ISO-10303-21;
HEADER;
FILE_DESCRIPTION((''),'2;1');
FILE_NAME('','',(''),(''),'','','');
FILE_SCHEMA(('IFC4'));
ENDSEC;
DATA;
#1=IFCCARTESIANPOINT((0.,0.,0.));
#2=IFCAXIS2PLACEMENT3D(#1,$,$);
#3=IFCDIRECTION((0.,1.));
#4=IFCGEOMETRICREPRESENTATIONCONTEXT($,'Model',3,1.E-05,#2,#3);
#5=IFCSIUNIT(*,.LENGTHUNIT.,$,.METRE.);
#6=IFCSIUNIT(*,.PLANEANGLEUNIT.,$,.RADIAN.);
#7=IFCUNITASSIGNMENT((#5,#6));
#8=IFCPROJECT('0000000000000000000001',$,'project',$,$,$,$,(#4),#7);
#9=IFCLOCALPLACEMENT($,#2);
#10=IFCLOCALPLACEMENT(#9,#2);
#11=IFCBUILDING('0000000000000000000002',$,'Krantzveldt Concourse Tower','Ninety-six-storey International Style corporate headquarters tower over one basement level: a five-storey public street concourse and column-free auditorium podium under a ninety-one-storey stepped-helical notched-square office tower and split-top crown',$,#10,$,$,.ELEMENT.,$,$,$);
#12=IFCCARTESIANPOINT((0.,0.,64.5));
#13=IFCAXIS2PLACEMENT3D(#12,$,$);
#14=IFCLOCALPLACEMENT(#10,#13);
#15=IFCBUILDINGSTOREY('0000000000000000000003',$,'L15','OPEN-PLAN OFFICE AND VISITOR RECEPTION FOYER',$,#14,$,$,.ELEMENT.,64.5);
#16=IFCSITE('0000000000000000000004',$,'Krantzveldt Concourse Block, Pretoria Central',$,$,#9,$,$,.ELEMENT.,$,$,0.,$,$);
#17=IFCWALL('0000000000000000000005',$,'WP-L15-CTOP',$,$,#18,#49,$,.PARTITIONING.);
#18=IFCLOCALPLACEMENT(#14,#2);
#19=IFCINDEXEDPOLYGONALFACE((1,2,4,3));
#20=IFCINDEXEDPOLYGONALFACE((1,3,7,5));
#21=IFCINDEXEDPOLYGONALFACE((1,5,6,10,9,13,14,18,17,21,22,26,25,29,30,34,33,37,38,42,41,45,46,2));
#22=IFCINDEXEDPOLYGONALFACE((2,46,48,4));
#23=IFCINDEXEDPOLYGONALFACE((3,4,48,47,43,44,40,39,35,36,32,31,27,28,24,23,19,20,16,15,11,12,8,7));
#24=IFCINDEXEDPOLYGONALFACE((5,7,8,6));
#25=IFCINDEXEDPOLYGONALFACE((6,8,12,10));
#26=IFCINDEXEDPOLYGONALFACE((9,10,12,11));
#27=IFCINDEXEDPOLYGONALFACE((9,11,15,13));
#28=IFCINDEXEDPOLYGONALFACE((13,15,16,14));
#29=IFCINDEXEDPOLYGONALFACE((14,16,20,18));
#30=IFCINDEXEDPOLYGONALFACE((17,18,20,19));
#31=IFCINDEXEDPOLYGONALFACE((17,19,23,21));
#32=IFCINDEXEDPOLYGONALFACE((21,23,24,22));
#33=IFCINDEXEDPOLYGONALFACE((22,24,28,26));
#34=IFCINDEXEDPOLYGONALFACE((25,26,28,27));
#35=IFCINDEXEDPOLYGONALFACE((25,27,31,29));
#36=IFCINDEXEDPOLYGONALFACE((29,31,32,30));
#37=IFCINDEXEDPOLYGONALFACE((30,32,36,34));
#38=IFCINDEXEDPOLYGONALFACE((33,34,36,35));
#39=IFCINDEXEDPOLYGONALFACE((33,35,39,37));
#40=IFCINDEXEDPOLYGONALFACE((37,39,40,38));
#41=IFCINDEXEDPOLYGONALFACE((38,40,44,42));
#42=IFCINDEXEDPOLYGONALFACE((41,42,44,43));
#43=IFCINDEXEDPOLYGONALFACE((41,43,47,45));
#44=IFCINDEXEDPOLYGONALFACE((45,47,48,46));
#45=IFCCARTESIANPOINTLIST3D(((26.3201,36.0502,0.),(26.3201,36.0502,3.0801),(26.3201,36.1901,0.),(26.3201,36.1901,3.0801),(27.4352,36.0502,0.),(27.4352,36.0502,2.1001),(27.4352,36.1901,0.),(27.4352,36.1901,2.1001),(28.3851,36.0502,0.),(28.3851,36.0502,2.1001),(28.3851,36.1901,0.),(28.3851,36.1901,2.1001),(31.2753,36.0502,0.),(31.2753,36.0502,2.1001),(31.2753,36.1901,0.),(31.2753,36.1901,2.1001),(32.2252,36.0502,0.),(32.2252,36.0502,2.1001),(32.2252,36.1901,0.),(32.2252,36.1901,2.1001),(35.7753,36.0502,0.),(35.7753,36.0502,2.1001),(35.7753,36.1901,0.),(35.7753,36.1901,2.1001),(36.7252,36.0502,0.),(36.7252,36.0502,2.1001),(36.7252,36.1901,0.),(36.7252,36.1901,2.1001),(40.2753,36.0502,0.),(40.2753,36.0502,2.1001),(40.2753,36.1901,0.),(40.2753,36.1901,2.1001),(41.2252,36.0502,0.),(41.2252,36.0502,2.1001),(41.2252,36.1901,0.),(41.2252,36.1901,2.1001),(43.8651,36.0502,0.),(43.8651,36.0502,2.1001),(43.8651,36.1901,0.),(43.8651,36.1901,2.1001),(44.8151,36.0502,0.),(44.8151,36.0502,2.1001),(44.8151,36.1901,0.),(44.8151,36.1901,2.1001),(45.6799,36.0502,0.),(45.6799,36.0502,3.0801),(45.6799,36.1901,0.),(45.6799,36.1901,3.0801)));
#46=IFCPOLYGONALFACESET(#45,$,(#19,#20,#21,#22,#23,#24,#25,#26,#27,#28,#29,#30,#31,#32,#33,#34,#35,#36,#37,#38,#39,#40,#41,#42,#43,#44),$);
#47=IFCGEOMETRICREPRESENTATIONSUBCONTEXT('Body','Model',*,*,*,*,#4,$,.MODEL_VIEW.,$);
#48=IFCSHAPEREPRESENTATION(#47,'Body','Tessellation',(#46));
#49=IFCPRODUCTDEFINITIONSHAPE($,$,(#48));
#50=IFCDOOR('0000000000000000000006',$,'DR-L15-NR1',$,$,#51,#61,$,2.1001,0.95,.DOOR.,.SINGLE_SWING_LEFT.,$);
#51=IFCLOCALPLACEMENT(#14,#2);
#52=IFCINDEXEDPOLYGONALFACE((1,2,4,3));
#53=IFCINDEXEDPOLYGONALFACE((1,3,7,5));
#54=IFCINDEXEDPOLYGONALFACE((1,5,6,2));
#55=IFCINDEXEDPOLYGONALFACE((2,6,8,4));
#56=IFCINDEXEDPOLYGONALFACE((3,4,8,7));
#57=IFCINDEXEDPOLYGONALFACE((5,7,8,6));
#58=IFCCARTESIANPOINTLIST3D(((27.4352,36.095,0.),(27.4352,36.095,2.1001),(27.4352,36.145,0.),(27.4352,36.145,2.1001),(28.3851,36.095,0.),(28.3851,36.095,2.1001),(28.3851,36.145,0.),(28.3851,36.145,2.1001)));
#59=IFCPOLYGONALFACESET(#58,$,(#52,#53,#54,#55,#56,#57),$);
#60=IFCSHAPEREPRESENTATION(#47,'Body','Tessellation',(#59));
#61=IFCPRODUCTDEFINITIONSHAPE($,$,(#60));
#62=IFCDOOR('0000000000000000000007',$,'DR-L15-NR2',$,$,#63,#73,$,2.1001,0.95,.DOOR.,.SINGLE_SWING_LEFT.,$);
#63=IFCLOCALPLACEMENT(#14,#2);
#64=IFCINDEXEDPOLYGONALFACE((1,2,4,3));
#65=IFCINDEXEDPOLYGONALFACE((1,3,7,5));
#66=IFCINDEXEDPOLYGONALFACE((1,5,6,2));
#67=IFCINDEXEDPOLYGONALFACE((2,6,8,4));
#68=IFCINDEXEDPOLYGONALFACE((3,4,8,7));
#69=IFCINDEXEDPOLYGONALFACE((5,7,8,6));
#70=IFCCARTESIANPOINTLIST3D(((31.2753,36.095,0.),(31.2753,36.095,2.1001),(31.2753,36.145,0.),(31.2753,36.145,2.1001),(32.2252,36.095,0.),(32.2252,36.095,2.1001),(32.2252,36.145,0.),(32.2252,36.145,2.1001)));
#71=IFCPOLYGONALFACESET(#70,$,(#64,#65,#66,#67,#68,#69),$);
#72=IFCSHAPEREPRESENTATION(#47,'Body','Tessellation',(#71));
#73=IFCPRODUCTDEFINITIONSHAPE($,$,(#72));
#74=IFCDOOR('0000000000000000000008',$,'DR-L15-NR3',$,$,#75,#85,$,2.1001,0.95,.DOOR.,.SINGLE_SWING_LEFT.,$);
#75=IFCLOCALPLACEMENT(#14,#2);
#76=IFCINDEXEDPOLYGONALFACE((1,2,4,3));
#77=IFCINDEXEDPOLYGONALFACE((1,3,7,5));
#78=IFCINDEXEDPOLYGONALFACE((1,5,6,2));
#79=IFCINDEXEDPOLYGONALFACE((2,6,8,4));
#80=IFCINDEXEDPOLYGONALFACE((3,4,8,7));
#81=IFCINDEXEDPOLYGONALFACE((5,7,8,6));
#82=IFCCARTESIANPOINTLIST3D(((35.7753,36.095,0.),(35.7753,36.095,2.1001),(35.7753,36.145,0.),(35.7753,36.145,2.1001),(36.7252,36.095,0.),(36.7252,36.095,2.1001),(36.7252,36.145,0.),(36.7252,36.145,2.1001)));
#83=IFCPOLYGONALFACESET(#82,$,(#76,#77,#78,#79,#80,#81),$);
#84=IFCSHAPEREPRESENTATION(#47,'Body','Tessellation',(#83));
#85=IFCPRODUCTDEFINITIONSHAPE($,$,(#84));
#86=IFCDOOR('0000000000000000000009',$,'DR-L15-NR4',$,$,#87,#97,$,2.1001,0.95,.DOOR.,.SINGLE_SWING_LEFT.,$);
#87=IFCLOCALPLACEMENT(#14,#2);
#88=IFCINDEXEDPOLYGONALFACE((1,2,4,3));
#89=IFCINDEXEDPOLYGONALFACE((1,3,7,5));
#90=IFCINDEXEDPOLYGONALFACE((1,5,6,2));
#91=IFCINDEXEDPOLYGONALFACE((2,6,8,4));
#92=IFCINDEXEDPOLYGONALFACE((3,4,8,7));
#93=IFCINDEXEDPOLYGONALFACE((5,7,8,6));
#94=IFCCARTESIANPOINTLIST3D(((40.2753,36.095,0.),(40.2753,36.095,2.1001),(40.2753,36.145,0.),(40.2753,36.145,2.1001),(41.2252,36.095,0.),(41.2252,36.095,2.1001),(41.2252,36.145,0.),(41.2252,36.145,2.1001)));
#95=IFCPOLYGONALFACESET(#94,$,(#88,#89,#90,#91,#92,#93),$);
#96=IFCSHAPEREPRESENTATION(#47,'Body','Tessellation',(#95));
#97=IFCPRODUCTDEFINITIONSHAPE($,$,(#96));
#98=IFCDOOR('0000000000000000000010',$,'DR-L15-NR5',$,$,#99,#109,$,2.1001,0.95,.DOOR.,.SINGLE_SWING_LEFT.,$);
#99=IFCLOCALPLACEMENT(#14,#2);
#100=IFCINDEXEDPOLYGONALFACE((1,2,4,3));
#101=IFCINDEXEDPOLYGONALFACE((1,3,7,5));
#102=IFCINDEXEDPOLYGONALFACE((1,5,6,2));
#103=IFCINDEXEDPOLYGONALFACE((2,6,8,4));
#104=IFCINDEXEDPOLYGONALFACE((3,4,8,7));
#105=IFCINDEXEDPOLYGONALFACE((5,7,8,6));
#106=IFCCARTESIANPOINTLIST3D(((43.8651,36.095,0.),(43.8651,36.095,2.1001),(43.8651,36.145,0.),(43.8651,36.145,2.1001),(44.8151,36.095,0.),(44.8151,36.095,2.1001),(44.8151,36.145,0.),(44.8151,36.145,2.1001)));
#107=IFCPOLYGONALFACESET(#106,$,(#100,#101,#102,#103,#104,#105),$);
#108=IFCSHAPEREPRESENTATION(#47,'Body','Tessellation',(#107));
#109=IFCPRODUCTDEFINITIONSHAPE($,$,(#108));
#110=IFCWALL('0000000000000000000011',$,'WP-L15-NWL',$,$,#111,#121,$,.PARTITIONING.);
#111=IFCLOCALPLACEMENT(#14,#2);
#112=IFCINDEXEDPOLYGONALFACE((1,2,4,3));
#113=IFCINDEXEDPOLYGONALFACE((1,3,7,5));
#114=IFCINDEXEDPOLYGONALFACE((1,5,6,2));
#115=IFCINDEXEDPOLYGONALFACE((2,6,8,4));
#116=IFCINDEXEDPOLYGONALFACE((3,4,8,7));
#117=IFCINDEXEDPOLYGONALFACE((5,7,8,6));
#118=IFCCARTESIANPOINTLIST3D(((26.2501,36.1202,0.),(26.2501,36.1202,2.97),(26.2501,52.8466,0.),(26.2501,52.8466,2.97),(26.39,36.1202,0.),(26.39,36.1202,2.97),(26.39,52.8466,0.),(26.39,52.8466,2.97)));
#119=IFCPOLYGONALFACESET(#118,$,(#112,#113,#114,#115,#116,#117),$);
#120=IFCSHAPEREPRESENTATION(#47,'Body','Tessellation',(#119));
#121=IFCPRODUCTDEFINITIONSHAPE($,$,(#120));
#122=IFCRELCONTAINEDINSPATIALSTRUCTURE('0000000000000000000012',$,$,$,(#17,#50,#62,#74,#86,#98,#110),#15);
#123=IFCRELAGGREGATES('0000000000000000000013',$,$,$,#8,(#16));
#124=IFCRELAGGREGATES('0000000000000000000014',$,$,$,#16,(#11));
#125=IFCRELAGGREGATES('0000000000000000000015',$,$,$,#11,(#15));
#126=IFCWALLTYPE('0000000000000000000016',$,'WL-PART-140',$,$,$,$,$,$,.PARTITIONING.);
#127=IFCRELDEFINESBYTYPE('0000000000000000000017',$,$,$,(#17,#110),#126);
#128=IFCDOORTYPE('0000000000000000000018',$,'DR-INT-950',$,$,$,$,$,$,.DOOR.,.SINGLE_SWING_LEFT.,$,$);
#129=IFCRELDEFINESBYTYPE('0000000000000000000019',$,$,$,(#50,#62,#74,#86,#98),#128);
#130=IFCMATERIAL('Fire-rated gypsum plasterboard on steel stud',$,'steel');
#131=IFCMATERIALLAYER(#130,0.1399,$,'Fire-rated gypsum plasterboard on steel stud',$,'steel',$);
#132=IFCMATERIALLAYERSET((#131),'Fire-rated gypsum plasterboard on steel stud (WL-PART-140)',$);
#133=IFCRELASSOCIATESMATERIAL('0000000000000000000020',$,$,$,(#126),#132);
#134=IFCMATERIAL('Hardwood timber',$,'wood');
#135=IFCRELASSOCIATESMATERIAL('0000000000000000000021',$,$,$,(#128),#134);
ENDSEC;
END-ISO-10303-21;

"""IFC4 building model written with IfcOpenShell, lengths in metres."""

from ifc_helpers import new_model, si_unit, direction, frame, frame_2d, origin, place, context, subcontext, project, spatial, rectangle, extrude, material, layer, layer_set, type_object, element, fill, save


model = new_model("IFC4")

# Units and contexts
model_context = context("Model", 3, precision=1e-05, world=origin(), true_north=direction((0.0, 1.0)))
body_context = subcontext(model_context, "Body", "Model", "MODEL_VIEW")
ifc_project = project(units=[si_unit("LENGTHUNIT", "METRE"), si_unit("PLANEANGLEUNIT", "RADIAN")], contexts=[model_context])

# Site, building, storey
site_placement = place(None, origin())
site = spatial("IfcSite", under=ifc_project, at=site_placement, Name="Krantzveldt Concourse Block, Pretoria Central", CompositionType="ELEMENT", RefElevation=0.0)
building_placement = place(site_placement, origin())
building = spatial("IfcBuilding", under=site, at=building_placement, Name="Krantzveldt Concourse Tower", Description="Ninety-six-storey International Style corporate headquarters tower over one basement level: a five-storey public street concourse and column-free auditorium podium under a ninety-one-storey stepped-helical notched-square office tower and split-top crown", CompositionType="ELEMENT")
storey_placement = place(building_placement, frame((0.0, 0.0, 64.5)))
storey = spatial("IfcBuildingStorey", under=building, at=storey_placement, Name="L15", Description="OPEN-PLAN OFFICE AND VISITOR RECEPTION FOYER", CompositionType="ELEMENT", Elevation=64.5)

# Shared definitions
ifc_material_1 = material(Name="Fire-rated gypsum plasterboard on steel stud", Category="steel")

# Wall, openings, doors
ifc_layer_1 = layer(ifc_material_1, 0.1399, Name="Fire-rated gypsum plasterboard on steel stud", Category="steel")
ifc_layer_set_1 = layer_set([ifc_layer_1], Name="Fire-rated gypsum plasterboard on steel stud (WL-PART-140)")
wall_type_1 = type_object("IfcWallType", Name="WL-PART-140", PredefinedType="PARTITIONING", material=ifc_layer_set_1)
ifc_material_2 = material(Name="Hardwood timber", Category="wood")
door_type_1 = type_object("IfcDoorType", Name="DR-INT-950", OperationType="SINGLE_SWING_LEFT", PredefinedType="DOOR", material=ifc_material_2)
wall_1_placement = place(storey_placement, frame((26.3201, 36.1201, 0.0), z_axis=(0.0, 0.0, 1.0), x_axis=(1.0, 0.0, 0.0)))
wall_1 = element("IfcWall", 1, at=wall_1_placement, inside=storey, type_object=wall_type_1, Name="WP-L15-CTOP", PredefinedType="PARTITIONING", context=body_context, shape_type="SweptSolid", body=[
    extrude(rectangle(XDim=19.3599, YDim=0.1399, at=frame_2d((9.6799, 0.0))), origin(), (0.0, 0.0, 1.0), 3.0801),
])
opening_1_placement = place(wall_1_placement, frame((1.115, 0.0, 0.0)))
opening_1 = element("IfcOpeningElement", 2, at=opening_1_placement, cuts=wall_1, PredefinedType="OPENING", context=body_context, shape_type="SweptSolid", body=[
    extrude(rectangle(XDim=0.95, YDim=2.1001, at=frame_2d((0.4751, 1.05))), frame((0.0, 0.0801, 0.0), z_axis=(0.0, -1.0, 0.0), x_axis=(1.0, 0.0, 0.0)), (0.0, 0.0, 1.0), 0.1599),
])
opening_2_placement = place(wall_1_placement, frame((4.9551, 0.0, 0.0)))
opening_2 = element("IfcOpeningElement", 3, at=opening_2_placement, cuts=wall_1, PredefinedType="OPENING", context=body_context, shape_type="SweptSolid", body=[
    extrude(rectangle(XDim=0.95, YDim=2.1001, at=frame_2d((0.4751, 1.05))), frame((0.0, 0.0801, 0.0), z_axis=(0.0, -1.0, 0.0), x_axis=(1.0, 0.0, 0.0)), (0.0, 0.0, 1.0), 0.1599),
])
opening_3_placement = place(wall_1_placement, frame((9.4551, 0.0, 0.0)))
opening_3 = element("IfcOpeningElement", 4, at=opening_3_placement, cuts=wall_1, PredefinedType="OPENING", context=body_context, shape_type="SweptSolid", body=[
    extrude(rectangle(XDim=0.95, YDim=2.1001, at=frame_2d((0.4751, 1.05))), frame((0.0, 0.0801, 0.0), z_axis=(0.0, -1.0, 0.0), x_axis=(1.0, 0.0, 0.0)), (0.0, 0.0, 1.0), 0.1599),
])
opening_4_placement = place(wall_1_placement, frame((13.9551, 0.0, 0.0)))
opening_4 = element("IfcOpeningElement", 5, at=opening_4_placement, cuts=wall_1, PredefinedType="OPENING", context=body_context, shape_type="SweptSolid", body=[
    extrude(rectangle(XDim=0.95, YDim=2.1001, at=frame_2d((0.4751, 1.05))), frame((0.0, 0.0801, 0.0), z_axis=(0.0, -1.0, 0.0), x_axis=(1.0, 0.0, 0.0)), (0.0, 0.0, 1.0), 0.1599),
])
opening_5_placement = place(wall_1_placement, frame((17.5449, 0.0, 0.0)))
opening_5 = element("IfcOpeningElement", 6, at=opening_5_placement, cuts=wall_1, PredefinedType="OPENING", context=body_context, shape_type="SweptSolid", body=[
    extrude(rectangle(XDim=0.95, YDim=2.1001, at=frame_2d((0.4751, 1.05))), frame((0.0, 0.0801, 0.0), z_axis=(0.0, -1.0, 0.0), x_axis=(1.0, 0.0, 0.0)), (0.0, 0.0, 1.0), 0.1599),
])
door_1_placement = place(opening_1_placement, origin())
door_1 = element("IfcDoor", 7, at=door_1_placement, inside=storey, type_object=door_type_1, Name="DR-L15-NR1", OperationType="SINGLE_SWING_LEFT", OverallHeight=2.1001, OverallWidth=0.95, PredefinedType="DOOR", context=body_context, shape_type="SweptSolid", body=[
    extrude(rectangle(XDim=0.95, YDim=2.1001, at=frame_2d((0.4751, 1.05))), frame((0.0, 0.0249, 0.0), z_axis=(0.0, -1.0, 0.0), x_axis=(1.0, 0.0, 0.0)), (0.0, 0.0, 1.0), 0.05),
])
fill(opening_1, door_1)
door_2_placement = place(opening_2_placement, origin())
door_2 = element("IfcDoor", 8, at=door_2_placement, inside=storey, type_object=door_type_1, Name="DR-L15-NR2", OperationType="SINGLE_SWING_LEFT", OverallHeight=2.1001, OverallWidth=0.95, PredefinedType="DOOR", context=body_context, shape_type="SweptSolid", body=[
    extrude(rectangle(XDim=0.95, YDim=2.1001, at=frame_2d((0.4751, 1.05))), frame((0.0, 0.0249, 0.0), z_axis=(0.0, -1.0, 0.0), x_axis=(1.0, 0.0, 0.0)), (0.0, 0.0, 1.0), 0.05),
])
fill(opening_2, door_2)
door_3_placement = place(opening_3_placement, origin())
door_3 = element("IfcDoor", 9, at=door_3_placement, inside=storey, type_object=door_type_1, Name="DR-L15-NR3", OperationType="SINGLE_SWING_LEFT", OverallHeight=2.1001, OverallWidth=0.95, PredefinedType="DOOR", context=body_context, shape_type="SweptSolid", body=[
    extrude(rectangle(XDim=0.95, YDim=2.1001, at=frame_2d((0.4751, 1.05))), frame((0.0, 0.0249, 0.0), z_axis=(0.0, -1.0, 0.0), x_axis=(1.0, 0.0, 0.0)), (0.0, 0.0, 1.0), 0.05),
])
fill(opening_3, door_3)
door_4_placement = place(opening_4_placement, origin())
door_4 = element("IfcDoor", 10, at=door_4_placement, inside=storey, type_object=door_type_1, Name="DR-L15-NR4", OperationType="SINGLE_SWING_LEFT", OverallHeight=2.1001, OverallWidth=0.95, PredefinedType="DOOR", context=body_context, shape_type="SweptSolid", body=[
    extrude(rectangle(XDim=0.95, YDim=2.1001, at=frame_2d((0.4751, 1.05))), frame((0.0, 0.0249, 0.0), z_axis=(0.0, -1.0, 0.0), x_axis=(1.0, 0.0, 0.0)), (0.0, 0.0, 1.0), 0.05),
])
fill(opening_4, door_4)
door_5_placement = place(opening_5_placement, origin())
door_5 = element("IfcDoor", 11, at=door_5_placement, inside=storey, type_object=door_type_1, Name="DR-L15-NR5", OperationType="SINGLE_SWING_LEFT", OverallHeight=2.1001, OverallWidth=0.95, PredefinedType="DOOR", context=body_context, shape_type="SweptSolid", body=[
    extrude(rectangle(XDim=0.95, YDim=2.1001, at=frame_2d((0.4751, 1.05))), frame((0.0, 0.0249, 0.0), z_axis=(0.0, -1.0, 0.0), x_axis=(1.0, 0.0, 0.0)), (0.0, 0.0, 1.0), 0.05),
])
fill(opening_5, door_5)

# Wall
wall_2_placement = place(storey_placement, frame((26.3201, 36.1201, 0.0), z_axis=(0.0, 0.0, 1.0), x_axis=(0.0, 1.0, 0.0)))
element("IfcWall", 12, at=wall_2_placement, inside=storey, type_object=wall_type_1, Name="WP-L15-NWL", PredefinedType="PARTITIONING", context=body_context, shape_type="SweptSolid", body=[
    extrude(rectangle(XDim=16.7263, YDim=0.1399, at=frame_2d((8.3633, 0.0))), origin(), (0.0, 0.0, 1.0), 2.97),
])

save(model, "model.ifc")
